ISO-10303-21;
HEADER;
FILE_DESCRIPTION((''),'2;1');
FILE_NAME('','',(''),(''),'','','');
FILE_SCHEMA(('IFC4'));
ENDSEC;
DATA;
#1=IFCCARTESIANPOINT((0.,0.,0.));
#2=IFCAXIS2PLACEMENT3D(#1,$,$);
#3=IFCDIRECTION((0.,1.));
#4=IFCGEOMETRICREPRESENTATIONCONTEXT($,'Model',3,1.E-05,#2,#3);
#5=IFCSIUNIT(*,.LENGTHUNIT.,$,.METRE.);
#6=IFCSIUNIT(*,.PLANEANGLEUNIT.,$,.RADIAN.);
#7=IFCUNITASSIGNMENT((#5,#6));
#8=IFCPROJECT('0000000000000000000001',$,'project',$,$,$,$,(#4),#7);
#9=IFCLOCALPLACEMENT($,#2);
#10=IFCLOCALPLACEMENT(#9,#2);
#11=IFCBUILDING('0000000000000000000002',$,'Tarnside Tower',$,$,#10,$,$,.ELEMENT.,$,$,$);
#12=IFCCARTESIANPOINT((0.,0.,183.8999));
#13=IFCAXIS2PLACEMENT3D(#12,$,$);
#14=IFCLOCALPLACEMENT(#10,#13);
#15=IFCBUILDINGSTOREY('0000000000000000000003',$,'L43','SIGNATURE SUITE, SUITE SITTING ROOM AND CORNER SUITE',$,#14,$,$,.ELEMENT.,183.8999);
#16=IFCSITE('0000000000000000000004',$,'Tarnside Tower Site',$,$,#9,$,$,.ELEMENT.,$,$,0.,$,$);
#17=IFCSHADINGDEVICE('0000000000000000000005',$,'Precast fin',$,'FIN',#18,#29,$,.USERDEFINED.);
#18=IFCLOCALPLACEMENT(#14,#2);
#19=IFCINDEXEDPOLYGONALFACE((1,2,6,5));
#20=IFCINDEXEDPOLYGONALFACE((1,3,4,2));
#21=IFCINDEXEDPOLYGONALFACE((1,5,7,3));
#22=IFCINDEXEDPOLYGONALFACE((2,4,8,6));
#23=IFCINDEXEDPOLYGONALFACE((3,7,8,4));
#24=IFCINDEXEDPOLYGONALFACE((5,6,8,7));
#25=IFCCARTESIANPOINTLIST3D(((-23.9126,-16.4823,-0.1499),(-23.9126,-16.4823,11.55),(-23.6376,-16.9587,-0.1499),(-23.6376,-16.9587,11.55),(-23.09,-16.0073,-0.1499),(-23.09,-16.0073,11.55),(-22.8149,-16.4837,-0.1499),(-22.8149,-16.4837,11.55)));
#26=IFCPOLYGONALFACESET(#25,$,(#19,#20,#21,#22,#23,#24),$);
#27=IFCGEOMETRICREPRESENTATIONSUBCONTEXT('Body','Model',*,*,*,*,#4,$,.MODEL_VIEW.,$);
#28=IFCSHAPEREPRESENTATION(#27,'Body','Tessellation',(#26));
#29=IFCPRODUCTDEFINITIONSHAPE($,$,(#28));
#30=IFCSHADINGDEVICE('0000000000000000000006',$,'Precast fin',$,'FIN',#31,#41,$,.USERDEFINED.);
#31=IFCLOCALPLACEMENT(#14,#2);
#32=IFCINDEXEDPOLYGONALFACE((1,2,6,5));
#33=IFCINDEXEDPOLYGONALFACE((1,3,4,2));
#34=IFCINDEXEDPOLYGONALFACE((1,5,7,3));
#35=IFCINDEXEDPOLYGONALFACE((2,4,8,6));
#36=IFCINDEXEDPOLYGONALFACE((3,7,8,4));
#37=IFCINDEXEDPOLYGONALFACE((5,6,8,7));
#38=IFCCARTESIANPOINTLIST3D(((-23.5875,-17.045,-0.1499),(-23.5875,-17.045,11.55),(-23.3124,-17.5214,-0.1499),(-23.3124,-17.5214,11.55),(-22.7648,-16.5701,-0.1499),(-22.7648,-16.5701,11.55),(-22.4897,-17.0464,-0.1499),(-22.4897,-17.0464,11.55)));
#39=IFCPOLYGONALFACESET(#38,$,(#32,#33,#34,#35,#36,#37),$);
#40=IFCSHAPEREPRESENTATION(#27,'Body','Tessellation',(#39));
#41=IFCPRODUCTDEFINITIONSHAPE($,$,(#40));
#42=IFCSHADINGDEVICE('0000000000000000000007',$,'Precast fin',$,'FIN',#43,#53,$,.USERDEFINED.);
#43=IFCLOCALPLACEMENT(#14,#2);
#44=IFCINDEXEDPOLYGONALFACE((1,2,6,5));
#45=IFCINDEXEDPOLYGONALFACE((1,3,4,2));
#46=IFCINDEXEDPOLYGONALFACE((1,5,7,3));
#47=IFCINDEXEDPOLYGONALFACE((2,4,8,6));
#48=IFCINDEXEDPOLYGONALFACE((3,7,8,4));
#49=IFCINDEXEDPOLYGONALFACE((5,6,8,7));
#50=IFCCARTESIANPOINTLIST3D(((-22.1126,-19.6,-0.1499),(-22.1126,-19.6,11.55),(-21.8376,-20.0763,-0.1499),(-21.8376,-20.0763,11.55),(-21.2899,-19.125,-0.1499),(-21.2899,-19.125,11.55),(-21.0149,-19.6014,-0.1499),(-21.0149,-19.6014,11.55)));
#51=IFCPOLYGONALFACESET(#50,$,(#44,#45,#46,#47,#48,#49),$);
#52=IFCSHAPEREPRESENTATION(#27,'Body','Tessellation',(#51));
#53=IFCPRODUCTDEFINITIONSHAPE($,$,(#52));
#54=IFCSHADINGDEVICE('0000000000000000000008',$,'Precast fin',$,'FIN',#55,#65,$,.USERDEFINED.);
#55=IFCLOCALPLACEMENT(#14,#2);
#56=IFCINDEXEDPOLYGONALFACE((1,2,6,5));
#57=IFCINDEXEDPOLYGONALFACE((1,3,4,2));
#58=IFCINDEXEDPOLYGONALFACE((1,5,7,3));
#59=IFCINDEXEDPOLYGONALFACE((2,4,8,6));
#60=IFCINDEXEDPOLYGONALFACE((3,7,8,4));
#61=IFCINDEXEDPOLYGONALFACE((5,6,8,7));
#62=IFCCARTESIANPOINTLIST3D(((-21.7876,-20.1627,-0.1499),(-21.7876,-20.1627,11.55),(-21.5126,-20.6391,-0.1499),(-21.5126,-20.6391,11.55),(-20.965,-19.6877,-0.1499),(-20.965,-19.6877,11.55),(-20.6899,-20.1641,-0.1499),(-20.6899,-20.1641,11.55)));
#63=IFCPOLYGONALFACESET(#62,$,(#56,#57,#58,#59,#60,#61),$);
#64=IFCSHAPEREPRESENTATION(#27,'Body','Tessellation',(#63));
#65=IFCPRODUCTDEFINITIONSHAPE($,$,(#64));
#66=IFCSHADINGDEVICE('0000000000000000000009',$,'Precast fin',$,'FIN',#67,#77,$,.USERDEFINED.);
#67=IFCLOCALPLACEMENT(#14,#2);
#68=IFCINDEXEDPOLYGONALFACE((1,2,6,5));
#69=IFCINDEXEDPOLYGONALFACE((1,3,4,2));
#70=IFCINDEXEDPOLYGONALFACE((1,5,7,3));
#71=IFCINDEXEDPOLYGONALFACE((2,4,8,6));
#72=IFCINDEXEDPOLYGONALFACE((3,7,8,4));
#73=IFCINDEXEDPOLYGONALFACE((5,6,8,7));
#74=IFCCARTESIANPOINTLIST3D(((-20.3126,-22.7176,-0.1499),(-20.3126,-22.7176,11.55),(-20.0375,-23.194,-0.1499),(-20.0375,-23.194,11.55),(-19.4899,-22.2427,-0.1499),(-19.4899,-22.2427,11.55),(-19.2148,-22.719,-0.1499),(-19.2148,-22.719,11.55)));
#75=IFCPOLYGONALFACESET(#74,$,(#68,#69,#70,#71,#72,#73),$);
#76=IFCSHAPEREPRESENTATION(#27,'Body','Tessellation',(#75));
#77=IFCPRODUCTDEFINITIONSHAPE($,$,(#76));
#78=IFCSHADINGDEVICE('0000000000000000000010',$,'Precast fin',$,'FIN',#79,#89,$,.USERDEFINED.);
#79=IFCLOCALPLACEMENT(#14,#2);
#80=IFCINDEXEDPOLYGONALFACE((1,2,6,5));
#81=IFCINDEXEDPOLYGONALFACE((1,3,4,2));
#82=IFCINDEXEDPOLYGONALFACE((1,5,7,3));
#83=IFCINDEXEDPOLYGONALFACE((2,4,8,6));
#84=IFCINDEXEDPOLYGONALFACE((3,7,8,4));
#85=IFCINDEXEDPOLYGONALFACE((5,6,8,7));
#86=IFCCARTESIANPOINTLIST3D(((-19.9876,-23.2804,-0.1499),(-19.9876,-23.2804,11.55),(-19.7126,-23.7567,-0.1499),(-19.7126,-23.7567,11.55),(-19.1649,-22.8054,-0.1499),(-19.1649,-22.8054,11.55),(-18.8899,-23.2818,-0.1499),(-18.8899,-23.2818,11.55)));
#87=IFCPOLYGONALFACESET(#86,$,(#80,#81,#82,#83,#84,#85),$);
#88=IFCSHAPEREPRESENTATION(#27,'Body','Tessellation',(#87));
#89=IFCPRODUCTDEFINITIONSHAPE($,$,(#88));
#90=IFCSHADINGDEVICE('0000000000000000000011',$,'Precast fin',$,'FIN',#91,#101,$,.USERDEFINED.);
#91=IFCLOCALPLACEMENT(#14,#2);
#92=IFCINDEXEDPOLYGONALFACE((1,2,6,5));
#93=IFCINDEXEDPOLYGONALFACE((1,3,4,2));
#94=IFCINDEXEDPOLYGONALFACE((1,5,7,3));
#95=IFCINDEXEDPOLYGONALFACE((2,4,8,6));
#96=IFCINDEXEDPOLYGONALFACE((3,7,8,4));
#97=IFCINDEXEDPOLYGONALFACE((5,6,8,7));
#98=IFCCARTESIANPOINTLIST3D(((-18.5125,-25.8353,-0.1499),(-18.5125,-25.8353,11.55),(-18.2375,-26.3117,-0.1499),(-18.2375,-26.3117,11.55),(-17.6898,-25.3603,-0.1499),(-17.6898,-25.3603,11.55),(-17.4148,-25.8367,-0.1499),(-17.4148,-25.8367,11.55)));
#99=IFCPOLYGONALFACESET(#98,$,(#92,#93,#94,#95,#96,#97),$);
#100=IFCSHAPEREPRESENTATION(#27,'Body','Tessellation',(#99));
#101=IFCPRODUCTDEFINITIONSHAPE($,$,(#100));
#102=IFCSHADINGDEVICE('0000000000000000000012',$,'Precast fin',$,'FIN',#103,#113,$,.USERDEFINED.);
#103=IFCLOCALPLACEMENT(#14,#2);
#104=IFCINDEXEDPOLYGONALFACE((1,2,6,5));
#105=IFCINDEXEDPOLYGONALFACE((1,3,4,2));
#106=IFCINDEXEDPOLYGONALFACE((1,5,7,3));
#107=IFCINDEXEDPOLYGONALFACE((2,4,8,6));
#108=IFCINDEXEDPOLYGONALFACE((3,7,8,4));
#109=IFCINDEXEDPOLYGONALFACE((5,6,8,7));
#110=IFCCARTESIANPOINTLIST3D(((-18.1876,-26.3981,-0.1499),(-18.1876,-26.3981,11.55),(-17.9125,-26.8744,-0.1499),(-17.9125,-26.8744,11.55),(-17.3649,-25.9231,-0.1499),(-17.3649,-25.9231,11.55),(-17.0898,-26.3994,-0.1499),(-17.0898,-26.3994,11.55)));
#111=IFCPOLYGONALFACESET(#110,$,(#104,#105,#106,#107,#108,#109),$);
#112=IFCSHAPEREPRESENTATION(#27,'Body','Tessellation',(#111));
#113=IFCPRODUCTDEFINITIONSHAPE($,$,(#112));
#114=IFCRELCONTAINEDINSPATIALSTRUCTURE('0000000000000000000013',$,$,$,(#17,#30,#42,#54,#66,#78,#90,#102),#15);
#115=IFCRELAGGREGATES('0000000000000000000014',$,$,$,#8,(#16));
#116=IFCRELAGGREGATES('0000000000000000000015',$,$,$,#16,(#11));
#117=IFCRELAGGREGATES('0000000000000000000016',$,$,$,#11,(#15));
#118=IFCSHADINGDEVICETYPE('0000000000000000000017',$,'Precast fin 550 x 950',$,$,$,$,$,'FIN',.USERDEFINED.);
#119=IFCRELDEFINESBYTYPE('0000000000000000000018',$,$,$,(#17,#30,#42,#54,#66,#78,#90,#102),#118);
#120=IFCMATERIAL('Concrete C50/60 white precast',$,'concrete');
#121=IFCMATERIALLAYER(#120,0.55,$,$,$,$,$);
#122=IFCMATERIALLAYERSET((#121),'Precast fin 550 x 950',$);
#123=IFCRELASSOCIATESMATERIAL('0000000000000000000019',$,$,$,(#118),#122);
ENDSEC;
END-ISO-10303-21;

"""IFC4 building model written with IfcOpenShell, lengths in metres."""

from ifc_helpers import new_model, si_unit, direction, frame, origin, place, context, subcontext, project, spatial, polyline, outline, extrude, material, layer, layer_set, type_object, element, save


model = new_model("IFC4")

# Units and contexts
model_context = context("Model", 3, precision=1e-05, world=origin(), true_north=direction((0.0, 1.0)))
body_context = subcontext(model_context, "Body", "Model", "MODEL_VIEW")
ifc_project = project(units=[si_unit("LENGTHUNIT", "METRE"), si_unit("PLANEANGLEUNIT", "RADIAN")], contexts=[model_context])

# Site, building, storey
site_placement = place(None, origin())
site = spatial("IfcSite", under=ifc_project, at=site_placement, Name="Tarnside Tower Site", CompositionType="ELEMENT", RefElevation=0.0)
building_placement = place(site_placement, origin())
building = spatial("IfcBuilding", under=site, at=building_placement, Name="Tarnside Tower", CompositionType="ELEMENT")
storey_placement = place(building_placement, frame((0.0, 0.0, 183.8999)))
storey = spatial("IfcBuildingStorey", under=building, at=storey_placement, Name="L43", Description="SIGNATURE SUITE, SUITE SITTING ROOM AND CORNER SUITE", CompositionType="ELEMENT", Elevation=183.8999)

# Shading devices
ifc_material_1 = material(Name="Concrete C50/60 white precast", Category="concrete")
ifc_layer_1 = layer(ifc_material_1, 0.55)
ifc_layer_set_1 = layer_set([ifc_layer_1], Name="Precast fin 550 x 950")
shading_device_type_1 = type_object("IfcShadingDeviceType", Name="Precast fin 550 x 950", ElementType="FIN", PredefinedType="USERDEFINED", material=ifc_layer_set_1)
for number, where, z_axis, x_axis, name in (
    (1, (-22.9524, -16.2456, -0.1499), (-0.5, 0.866025, 0.0), (-0.866025, -0.5, 0.0), "Precast fin"),
    (2, (-22.6272, -16.8083, -0.1499), (-0.5, 0.866025, 0.0), (-0.866025, -0.5, 0.0), "Precast fin"),
    (3, (-21.1523, -19.3633, -0.1499), (-0.5, 0.866025, 0.0), (-0.866025, -0.5, 0.0), "Precast fin"),
    (4, (-20.8274, -19.926, -0.1499), (-0.5, 0.866025, 0.0), (-0.866025, -0.5, 0.0), "Precast fin"),
    (5, (-19.3523, -22.481, -0.1499), (-0.5, 0.866025, 0.0), (-0.866025, -0.5, 0.0), "Precast fin"),
    (6, (-19.0273, -23.0437, -0.1499), (-0.5, 0.866025, 0.0), (-0.866025, -0.5, 0.0), "Precast fin"),
    (7, (-17.5522, -25.5986, -0.1499), (-0.5, 0.866025, 0.0), (-0.866025, -0.5, 0.0), "Precast fin"),
    (8, (-17.2273, -26.1614, -0.1499), (-0.5, 0.866025, 0.0), (-0.866025, -0.5, 0.0), "Precast fin"),
):
    element("IfcShadingDevice", number, at=place(storey_placement, frame(where, z_axis=z_axis, x_axis=x_axis)), inside=storey, type_object=shading_device_type_1, Name=name, ObjectType="FIN", PredefinedType="USERDEFINED", context=body_context, shape_type="SweptSolid", body=[
        extrude(outline(polyline([(0.0, 0.0), (0.95, 0.0), (0.95, 11.7), (0.0, 11.7), (0.0, 0.0)])), frame((0.0, 0.0, -0.2749)), (0.0, 0.0, 1.0), 0.55),
    ])

save(model, "model.ifc")
